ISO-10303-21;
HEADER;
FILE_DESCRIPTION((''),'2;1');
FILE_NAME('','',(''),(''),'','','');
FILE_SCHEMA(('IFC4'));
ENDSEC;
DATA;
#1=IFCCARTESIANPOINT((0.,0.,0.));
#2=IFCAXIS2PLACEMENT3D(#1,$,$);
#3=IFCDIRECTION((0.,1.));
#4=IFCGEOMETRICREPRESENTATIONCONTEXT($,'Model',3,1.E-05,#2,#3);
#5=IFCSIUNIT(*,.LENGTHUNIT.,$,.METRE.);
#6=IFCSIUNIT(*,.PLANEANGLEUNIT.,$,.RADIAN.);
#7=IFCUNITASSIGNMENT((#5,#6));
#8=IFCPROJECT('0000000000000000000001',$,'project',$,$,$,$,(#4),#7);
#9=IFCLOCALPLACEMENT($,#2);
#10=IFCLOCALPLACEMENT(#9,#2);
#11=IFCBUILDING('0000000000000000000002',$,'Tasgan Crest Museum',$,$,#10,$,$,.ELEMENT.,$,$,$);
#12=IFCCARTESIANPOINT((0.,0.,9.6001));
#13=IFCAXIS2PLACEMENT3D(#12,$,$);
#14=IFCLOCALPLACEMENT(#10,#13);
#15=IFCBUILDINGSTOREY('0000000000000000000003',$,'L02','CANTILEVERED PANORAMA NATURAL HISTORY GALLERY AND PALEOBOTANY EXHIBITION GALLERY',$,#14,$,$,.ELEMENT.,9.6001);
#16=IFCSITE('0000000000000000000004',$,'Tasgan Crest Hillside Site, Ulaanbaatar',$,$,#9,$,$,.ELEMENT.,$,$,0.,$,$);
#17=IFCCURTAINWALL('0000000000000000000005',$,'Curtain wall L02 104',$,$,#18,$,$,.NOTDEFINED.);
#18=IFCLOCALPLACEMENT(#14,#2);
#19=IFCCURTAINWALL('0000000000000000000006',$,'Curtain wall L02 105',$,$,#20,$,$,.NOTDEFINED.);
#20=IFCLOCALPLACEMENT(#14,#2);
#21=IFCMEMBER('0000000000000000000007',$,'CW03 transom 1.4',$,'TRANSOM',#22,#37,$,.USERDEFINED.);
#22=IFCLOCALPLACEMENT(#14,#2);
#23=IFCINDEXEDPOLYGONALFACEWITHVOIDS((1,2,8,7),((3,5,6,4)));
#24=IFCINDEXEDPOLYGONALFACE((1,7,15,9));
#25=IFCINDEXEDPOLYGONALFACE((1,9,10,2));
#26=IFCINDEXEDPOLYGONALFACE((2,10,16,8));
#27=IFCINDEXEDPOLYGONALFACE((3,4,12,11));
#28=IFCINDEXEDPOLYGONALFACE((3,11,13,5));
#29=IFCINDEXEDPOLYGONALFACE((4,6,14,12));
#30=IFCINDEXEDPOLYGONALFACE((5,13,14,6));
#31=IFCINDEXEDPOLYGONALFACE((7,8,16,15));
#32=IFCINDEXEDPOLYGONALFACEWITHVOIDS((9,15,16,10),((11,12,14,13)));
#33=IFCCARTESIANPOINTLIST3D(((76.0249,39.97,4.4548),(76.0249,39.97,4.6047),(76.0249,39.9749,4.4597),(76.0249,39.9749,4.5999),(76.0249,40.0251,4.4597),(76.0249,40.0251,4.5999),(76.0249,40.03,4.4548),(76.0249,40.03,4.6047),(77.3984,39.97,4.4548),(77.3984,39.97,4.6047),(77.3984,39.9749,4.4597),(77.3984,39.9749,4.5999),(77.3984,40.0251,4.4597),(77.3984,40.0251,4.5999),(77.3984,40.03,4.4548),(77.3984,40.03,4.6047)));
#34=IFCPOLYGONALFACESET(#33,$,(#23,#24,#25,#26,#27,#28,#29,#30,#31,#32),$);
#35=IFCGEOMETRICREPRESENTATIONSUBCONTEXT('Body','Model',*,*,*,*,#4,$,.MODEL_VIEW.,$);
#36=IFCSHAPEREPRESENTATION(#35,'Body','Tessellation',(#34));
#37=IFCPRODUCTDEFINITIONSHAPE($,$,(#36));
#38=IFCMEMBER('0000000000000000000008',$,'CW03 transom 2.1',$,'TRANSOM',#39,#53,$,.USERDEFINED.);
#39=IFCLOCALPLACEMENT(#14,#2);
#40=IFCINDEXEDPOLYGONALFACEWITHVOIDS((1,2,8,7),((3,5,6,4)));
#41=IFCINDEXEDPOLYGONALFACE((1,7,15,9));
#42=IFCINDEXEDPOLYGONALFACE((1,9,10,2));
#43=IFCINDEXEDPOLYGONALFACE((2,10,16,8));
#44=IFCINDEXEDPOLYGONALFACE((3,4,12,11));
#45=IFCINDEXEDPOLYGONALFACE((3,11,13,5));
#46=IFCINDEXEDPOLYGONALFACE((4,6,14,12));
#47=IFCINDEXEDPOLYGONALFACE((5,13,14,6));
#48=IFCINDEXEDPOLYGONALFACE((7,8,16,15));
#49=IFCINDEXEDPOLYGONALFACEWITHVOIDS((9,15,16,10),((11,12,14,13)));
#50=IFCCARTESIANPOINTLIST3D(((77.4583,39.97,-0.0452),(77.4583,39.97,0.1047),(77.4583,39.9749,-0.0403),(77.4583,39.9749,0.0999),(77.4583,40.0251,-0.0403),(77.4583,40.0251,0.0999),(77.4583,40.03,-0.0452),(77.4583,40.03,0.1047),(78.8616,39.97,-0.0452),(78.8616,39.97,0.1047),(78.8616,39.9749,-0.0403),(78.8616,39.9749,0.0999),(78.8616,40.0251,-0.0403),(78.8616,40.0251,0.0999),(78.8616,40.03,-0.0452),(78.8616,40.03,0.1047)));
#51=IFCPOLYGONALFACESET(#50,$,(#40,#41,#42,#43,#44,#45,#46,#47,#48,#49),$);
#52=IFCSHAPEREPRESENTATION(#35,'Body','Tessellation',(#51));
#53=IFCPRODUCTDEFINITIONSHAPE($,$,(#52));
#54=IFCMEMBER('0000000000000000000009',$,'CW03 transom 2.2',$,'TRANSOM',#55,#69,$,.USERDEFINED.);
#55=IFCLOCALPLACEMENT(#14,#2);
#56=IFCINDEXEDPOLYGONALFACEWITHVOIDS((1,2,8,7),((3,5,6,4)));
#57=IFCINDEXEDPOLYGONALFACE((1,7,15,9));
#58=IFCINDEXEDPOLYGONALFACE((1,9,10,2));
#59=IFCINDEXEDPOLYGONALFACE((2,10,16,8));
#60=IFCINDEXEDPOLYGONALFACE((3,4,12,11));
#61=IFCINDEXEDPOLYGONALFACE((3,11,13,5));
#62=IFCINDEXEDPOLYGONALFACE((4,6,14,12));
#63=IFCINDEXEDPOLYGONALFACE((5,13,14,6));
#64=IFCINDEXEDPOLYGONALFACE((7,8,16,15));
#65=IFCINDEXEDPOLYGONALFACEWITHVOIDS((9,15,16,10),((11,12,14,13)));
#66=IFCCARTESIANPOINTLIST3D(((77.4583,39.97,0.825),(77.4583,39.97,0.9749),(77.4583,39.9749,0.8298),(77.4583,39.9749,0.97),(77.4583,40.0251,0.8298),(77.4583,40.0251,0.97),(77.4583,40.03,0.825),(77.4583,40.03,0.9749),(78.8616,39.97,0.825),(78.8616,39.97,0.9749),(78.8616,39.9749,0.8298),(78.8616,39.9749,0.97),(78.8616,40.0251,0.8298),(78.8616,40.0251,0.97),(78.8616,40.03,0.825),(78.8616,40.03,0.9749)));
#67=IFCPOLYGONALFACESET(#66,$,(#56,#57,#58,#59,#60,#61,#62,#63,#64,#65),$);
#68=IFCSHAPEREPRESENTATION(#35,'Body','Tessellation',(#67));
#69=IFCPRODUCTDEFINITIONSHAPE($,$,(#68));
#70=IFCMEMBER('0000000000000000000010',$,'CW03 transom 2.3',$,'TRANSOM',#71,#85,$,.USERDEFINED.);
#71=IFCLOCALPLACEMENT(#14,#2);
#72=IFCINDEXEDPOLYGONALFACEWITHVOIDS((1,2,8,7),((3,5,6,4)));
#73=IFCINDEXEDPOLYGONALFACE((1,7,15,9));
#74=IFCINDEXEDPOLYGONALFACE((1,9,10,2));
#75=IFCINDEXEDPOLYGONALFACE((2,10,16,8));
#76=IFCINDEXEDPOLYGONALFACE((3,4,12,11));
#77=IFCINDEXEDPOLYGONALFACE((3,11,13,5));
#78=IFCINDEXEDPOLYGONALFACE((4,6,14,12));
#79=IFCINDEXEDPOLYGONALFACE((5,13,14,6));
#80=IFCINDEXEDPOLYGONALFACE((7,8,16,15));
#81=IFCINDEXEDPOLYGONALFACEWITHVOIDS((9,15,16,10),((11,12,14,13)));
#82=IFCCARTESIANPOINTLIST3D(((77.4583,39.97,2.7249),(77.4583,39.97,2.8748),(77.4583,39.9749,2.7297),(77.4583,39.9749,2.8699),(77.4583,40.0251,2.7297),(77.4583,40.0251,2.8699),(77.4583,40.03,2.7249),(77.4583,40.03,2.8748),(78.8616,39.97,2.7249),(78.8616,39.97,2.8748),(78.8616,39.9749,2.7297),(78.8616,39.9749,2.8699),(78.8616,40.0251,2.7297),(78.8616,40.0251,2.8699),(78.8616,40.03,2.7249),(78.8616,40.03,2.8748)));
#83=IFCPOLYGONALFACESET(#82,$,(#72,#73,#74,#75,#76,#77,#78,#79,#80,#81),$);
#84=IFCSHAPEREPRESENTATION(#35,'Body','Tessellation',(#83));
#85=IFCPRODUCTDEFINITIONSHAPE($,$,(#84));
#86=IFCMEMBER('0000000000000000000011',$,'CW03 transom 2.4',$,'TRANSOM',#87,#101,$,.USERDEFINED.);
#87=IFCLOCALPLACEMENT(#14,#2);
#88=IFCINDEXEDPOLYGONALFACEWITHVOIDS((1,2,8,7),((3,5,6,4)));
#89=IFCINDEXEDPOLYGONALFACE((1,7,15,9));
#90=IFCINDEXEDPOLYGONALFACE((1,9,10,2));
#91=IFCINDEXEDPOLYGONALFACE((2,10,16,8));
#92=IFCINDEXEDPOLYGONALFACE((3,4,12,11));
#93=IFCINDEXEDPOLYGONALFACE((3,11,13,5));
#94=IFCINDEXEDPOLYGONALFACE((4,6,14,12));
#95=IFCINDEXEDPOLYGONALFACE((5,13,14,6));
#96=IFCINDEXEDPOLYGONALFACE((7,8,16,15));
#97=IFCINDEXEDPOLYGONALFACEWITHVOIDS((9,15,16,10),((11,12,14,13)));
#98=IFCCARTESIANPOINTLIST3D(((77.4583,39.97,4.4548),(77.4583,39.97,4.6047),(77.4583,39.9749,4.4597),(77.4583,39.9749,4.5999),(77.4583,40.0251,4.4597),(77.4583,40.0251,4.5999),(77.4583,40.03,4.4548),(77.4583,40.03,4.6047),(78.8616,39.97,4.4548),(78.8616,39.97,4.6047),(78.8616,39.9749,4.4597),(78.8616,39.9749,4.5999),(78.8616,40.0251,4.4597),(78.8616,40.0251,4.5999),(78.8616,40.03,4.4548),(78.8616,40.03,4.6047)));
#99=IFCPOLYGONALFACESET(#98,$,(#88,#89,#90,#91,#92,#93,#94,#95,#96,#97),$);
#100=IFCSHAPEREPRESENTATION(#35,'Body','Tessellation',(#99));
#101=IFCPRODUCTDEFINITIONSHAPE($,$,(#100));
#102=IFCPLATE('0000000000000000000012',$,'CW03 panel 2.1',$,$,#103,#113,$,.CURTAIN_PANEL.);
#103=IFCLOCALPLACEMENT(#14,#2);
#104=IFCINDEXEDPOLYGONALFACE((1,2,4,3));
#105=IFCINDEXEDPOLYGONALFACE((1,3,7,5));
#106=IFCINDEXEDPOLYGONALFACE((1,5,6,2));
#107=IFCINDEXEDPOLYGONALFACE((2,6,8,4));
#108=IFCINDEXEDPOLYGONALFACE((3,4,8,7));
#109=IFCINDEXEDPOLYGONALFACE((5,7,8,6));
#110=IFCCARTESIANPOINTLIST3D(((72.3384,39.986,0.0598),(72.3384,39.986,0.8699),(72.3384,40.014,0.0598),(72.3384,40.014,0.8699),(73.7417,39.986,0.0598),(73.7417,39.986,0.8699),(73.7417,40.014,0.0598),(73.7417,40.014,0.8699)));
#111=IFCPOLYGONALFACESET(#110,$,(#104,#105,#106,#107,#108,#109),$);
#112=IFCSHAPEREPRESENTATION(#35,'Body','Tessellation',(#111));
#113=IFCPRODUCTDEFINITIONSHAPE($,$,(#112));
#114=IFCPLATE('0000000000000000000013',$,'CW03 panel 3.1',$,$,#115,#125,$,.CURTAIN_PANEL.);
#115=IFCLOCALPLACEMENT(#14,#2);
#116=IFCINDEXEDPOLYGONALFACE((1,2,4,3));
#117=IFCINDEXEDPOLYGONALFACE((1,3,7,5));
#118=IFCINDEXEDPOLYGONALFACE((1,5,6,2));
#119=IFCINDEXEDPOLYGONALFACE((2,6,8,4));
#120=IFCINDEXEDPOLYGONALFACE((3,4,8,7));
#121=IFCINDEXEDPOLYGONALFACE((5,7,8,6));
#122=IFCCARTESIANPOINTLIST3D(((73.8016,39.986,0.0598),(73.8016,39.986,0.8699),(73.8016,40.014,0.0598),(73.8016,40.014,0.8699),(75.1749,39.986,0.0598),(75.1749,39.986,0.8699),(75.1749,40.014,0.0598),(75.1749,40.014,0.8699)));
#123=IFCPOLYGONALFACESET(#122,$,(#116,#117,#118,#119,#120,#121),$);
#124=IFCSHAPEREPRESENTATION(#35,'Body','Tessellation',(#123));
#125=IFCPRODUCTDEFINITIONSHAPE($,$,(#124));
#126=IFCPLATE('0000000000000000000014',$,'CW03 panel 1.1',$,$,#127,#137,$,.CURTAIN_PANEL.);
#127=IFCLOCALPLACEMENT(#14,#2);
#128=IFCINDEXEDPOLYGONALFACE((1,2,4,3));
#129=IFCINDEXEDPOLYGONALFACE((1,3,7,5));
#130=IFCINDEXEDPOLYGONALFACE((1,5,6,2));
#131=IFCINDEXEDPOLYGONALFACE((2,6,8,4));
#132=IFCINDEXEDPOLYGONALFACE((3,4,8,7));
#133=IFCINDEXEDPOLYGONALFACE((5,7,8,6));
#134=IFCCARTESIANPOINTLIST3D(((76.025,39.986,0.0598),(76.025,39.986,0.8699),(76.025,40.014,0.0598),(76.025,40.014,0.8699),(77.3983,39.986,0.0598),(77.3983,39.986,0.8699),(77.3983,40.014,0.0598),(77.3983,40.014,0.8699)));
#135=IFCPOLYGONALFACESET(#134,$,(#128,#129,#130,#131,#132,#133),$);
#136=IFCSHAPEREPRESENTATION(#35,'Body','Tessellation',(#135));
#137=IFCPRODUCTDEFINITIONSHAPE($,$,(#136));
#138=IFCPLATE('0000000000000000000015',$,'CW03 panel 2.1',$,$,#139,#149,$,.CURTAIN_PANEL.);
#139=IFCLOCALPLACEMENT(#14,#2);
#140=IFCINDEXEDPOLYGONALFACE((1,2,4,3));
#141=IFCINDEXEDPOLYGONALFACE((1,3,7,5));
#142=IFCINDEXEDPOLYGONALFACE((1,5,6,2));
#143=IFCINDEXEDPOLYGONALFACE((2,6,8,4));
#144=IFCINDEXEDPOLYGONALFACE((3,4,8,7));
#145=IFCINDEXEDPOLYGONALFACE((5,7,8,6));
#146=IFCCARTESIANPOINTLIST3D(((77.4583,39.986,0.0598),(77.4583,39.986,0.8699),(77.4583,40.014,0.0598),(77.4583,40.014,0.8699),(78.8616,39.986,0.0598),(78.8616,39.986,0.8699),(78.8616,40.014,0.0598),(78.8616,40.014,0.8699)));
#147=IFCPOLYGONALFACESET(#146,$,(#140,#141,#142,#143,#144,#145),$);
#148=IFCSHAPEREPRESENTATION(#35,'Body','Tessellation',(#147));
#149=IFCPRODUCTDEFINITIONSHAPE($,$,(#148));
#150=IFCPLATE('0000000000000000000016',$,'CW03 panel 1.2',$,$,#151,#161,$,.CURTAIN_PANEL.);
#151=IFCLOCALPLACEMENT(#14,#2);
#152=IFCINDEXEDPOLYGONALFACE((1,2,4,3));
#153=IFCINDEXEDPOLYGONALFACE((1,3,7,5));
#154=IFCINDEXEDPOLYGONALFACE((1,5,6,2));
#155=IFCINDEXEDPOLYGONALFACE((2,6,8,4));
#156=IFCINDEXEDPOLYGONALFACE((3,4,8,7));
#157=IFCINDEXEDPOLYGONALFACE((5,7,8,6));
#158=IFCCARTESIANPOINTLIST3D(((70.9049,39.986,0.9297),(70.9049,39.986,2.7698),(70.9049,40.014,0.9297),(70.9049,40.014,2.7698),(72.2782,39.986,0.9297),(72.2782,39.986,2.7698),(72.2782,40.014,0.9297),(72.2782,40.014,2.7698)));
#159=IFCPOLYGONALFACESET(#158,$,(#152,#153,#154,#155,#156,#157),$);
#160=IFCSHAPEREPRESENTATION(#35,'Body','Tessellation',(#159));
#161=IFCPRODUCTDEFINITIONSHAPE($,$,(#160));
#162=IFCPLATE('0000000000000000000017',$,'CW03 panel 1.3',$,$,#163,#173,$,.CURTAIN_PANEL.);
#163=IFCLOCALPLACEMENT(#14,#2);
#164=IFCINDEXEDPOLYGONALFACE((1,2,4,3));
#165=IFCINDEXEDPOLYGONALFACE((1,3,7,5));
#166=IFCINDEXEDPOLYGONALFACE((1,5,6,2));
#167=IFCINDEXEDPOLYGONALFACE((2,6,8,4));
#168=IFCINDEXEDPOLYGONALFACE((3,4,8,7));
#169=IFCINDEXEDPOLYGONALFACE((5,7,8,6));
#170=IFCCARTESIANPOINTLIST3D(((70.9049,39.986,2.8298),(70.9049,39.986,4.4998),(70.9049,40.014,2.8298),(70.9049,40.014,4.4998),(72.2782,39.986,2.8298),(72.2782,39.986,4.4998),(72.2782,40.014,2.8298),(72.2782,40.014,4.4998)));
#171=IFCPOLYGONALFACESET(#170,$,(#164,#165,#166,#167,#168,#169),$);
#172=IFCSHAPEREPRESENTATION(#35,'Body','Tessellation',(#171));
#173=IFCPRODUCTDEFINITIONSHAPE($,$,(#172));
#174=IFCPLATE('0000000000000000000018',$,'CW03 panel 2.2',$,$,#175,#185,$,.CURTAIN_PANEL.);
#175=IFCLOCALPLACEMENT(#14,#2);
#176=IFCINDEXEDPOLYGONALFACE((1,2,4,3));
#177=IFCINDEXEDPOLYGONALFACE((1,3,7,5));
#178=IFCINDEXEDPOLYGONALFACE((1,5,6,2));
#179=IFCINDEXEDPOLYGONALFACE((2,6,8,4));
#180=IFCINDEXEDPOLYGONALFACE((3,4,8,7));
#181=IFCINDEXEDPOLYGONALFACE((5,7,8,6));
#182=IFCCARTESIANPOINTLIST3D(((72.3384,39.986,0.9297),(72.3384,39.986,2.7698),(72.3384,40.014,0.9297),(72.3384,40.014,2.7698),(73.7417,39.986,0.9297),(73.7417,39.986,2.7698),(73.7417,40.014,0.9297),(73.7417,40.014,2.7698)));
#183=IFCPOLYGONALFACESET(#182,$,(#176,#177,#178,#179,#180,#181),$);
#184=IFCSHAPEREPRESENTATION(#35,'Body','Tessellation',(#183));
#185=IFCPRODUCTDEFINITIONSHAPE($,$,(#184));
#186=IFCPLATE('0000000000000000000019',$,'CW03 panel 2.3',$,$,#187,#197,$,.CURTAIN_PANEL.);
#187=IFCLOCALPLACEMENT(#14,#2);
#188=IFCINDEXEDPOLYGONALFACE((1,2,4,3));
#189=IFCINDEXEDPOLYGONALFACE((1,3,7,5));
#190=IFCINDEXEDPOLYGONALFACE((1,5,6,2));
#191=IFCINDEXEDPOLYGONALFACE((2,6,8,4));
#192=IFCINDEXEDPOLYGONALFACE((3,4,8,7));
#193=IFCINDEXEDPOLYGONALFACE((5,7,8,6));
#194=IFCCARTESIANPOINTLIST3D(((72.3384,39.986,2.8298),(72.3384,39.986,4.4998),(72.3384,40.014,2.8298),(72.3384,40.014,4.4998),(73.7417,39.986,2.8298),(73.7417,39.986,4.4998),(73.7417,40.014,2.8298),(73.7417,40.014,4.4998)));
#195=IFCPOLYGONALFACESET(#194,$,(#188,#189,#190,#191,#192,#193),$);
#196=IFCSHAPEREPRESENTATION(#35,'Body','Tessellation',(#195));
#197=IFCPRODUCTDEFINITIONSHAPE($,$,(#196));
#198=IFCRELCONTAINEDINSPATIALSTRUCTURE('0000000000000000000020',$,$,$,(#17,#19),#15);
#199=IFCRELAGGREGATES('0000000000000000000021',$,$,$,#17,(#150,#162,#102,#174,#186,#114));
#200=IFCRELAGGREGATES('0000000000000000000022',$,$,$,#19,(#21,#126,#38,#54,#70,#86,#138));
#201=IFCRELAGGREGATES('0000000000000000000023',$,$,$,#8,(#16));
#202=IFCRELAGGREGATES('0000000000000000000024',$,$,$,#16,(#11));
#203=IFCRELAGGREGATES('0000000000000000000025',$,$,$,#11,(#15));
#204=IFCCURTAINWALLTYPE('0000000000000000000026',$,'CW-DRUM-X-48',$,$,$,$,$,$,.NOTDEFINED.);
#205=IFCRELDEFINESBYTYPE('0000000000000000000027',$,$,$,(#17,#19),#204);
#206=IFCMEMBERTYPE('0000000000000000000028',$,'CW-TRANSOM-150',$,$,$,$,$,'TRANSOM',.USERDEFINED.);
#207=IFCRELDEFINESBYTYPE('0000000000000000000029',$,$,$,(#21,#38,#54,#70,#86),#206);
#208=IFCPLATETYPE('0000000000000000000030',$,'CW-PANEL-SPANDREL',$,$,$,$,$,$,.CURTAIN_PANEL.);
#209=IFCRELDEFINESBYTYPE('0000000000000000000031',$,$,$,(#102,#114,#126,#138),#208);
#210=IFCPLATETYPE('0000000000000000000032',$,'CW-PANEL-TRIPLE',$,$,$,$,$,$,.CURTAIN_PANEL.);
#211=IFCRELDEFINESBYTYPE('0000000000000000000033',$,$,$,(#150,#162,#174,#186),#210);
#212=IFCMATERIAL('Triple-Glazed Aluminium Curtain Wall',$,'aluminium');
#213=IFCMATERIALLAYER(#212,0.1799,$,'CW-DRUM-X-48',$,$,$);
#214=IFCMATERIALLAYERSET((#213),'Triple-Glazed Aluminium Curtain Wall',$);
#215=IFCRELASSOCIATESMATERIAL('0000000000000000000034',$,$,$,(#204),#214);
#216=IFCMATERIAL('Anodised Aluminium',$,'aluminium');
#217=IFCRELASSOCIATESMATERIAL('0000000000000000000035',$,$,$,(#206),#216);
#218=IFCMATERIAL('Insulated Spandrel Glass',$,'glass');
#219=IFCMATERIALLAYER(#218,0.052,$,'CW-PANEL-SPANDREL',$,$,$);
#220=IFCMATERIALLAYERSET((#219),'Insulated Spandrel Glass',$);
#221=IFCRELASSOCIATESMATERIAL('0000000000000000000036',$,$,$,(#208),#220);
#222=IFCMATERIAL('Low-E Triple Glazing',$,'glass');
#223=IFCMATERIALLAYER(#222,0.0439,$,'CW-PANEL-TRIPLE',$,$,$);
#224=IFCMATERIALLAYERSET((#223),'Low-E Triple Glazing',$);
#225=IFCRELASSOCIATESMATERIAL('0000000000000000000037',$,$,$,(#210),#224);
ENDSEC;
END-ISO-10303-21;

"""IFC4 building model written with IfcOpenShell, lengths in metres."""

from ifc_helpers import new_model, si_unit, direction, frame, origin, origin_2d, place, context, subcontext, project, spatial, rectangle, hollow_rectangle, extrude, material, layer, layer_set, material_profile, profile_set, type_object, element, aggregate, save


model = new_model("IFC4")

# Units and contexts
model_context = context("Model", 3, precision=1e-05, world=origin(), true_north=direction((0.0, 1.0)))
body_context = subcontext(model_context, "Body", "Model", "MODEL_VIEW")
ifc_project = project(units=[si_unit("LENGTHUNIT", "METRE"), si_unit("PLANEANGLEUNIT", "RADIAN")], contexts=[model_context])

# Site, building, storey
site_placement = place(None, origin())
site = spatial("IfcSite", under=ifc_project, at=site_placement, Name="Tasgan Crest Hillside Site, Ulaanbaatar", CompositionType="ELEMENT", RefElevation=0.0)
building_placement = place(site_placement, origin())
building = spatial("IfcBuilding", under=site, at=building_placement, Name="Tasgan Crest Museum", CompositionType="ELEMENT")
storey_placement = place(building_placement, frame((0.0, 0.0, 9.6001)))
storey = spatial("IfcBuildingStorey", under=building, at=storey_placement, Name="L02", Description="CANTILEVERED PANORAMA NATURAL HISTORY GALLERY AND PALEOBOTANY EXHIBITION GALLERY", CompositionType="ELEMENT", Elevation=9.6001)

# Curtain walls
ifc_material_1 = material(Name="Triple-Glazed Aluminium Curtain Wall", Category="aluminium")
ifc_layer_1 = layer(ifc_material_1, 0.1799, Name="CW-DRUM-X-48")
ifc_layer_set_1 = layer_set([ifc_layer_1], Name="Triple-Glazed Aluminium Curtain Wall")
curtain_wall_type = type_object("IfcCurtainWallType", Name="CW-DRUM-X-48", PredefinedType="NOTDEFINED", material=ifc_layer_set_1)
curtain_wall_1_placement = place(storey_placement, origin())
curtain_wall_1 = element("IfcCurtainWall", 1, at=curtain_wall_1_placement, inside=storey, type_object=curtain_wall_type, Name="Curtain wall L02 104", PredefinedType="NOTDEFINED")
curtain_wall_2_placement = place(storey_placement, origin())
curtain_wall_2 = element("IfcCurtainWall", 2, at=curtain_wall_2_placement, inside=storey, type_object=curtain_wall_type, Name="Curtain wall L02 105", PredefinedType="NOTDEFINED")

# Members
ifc_material_2 = material(Name="Anodised Aluminium", Category="aluminium")
ifc_material_profile_1 = material_profile(ifc_material_2, hollow_rectangle(XDim=0.0601, YDim=0.1499, WallThickness=0.0049, at=origin_2d()), Name="ALU TRANSOM 150x60x5")
ifc_profile_set_1 = profile_set([ifc_material_profile_1], Name="Anodised Aluminium")
member_type_1 = type_object("IfcMemberType", Name="CW-TRANSOM-150", ElementType="TRANSOM", PredefinedType="USERDEFINED", material=ifc_profile_set_1)
member_1_placement = place(storey_placement, frame((76.0249, 40.0, 4.5298), z_axis=(1.0, 0.0, 0.0), x_axis=(0.0, 1.0, 0.0)))
member_1 = element("IfcMember", 3, at=member_1_placement, type_object=member_type_1, Name="CW03 transom 1.4", ObjectType="TRANSOM", PredefinedType="USERDEFINED", context=body_context, shape_type="SweptSolid", body=[
    extrude(hollow_rectangle(XDim=0.0601, YDim=0.1499, WallThickness=0.0049, at=origin_2d()), origin(), (0.0, 0.0, 1.0), 1.3735),
])
member_2_placement = place(storey_placement, frame((77.4583, 40.0, 0.0298), z_axis=(1.0, 0.0, 0.0), x_axis=(0.0, 1.0, 0.0)))
member_2 = element("IfcMember", 4, at=member_2_placement, type_object=member_type_1, Name="CW03 transom 2.1", ObjectType="TRANSOM", PredefinedType="USERDEFINED", context=body_context, shape_type="SweptSolid", body=[
    extrude(hollow_rectangle(XDim=0.0601, YDim=0.1499, WallThickness=0.0049, at=origin_2d()), origin(), (0.0, 0.0, 1.0), 1.4033),
])
member_3_placement = place(storey_placement, frame((77.4583, 40.0, 0.8999), z_axis=(1.0, 0.0, 0.0), x_axis=(0.0, 1.0, 0.0)))
member_3 = element("IfcMember", 5, at=member_3_placement, type_object=member_type_1, Name="CW03 transom 2.2", ObjectType="TRANSOM", PredefinedType="USERDEFINED", context=body_context, shape_type="SweptSolid", body=[
    extrude(hollow_rectangle(XDim=0.0601, YDim=0.1499, WallThickness=0.0049, at=origin_2d()), origin(), (0.0, 0.0, 1.0), 1.4033),
])
member_4_placement = place(storey_placement, frame((77.4583, 40.0, 2.7998), z_axis=(1.0, 0.0, 0.0), x_axis=(0.0, 1.0, 0.0)))
member_4 = element("IfcMember", 6, at=member_4_placement, type_object=member_type_1, Name="CW03 transom 2.3", ObjectType="TRANSOM", PredefinedType="USERDEFINED", context=body_context, shape_type="SweptSolid", body=[
    extrude(hollow_rectangle(XDim=0.0601, YDim=0.1499, WallThickness=0.0049, at=origin_2d()), origin(), (0.0, 0.0, 1.0), 1.4033),
])
member_5_placement = place(storey_placement, frame((77.4583, 40.0, 4.5298), z_axis=(1.0, 0.0, 0.0), x_axis=(0.0, 1.0, 0.0)))
member_5 = element("IfcMember", 7, at=member_5_placement, type_object=member_type_1, Name="CW03 transom 2.4", ObjectType="TRANSOM", PredefinedType="USERDEFINED", context=body_context, shape_type="SweptSolid", body=[
    extrude(hollow_rectangle(XDim=0.0601, YDim=0.1499, WallThickness=0.0049, at=origin_2d()), origin(), (0.0, 0.0, 1.0), 1.4033),
])

# Plates
ifc_material_3 = material(Name="Insulated Spandrel Glass", Category="glass")
ifc_layer_2 = layer(ifc_material_3, 0.052, Name="CW-PANEL-SPANDREL")
ifc_layer_set_2 = layer_set([ifc_layer_2], Name="Insulated Spandrel Glass")
plate_type_1 = type_object("IfcPlateType", Name="CW-PANEL-SPANDREL", PredefinedType="CURTAIN_PANEL", material=ifc_layer_set_2)
plate_1_placement = place(storey_placement, frame((73.04, 40.0, 0.0598), z_axis=(0.0, 0.0, 1.0), x_axis=(1.0, 0.0, 0.0)))
plate_1 = element("IfcPlate", 8, at=plate_1_placement, type_object=plate_type_1, Name="CW03 panel 2.1", PredefinedType="CURTAIN_PANEL", context=body_context, shape_type="SweptSolid", body=[
    extrude(rectangle(XDim=1.4033, YDim=0.0281, at=origin_2d()), origin(), (0.0, 0.0, 1.0), 0.8101),
])
plate_2_placement = place(storey_placement, frame((74.4883, 40.0, 0.0598), z_axis=(0.0, 0.0, 1.0), x_axis=(1.0, 0.0, 0.0)))
plate_2 = element("IfcPlate", 9, at=plate_2_placement, type_object=plate_type_1, Name="CW03 panel 3.1", PredefinedType="CURTAIN_PANEL", context=body_context, shape_type="SweptSolid", body=[
    extrude(rectangle(XDim=1.3733, YDim=0.0281, at=origin_2d()), origin(), (0.0, 0.0, 1.0), 0.8101),
])
plate_3_placement = place(storey_placement, frame((76.7117, 40.0, 0.0598), z_axis=(0.0, 0.0, 1.0), x_axis=(1.0, 0.0, 0.0)))
plate_3 = element("IfcPlate", 10, at=plate_3_placement, type_object=plate_type_1, Name="CW03 panel 1.1", PredefinedType="CURTAIN_PANEL", context=body_context, shape_type="SweptSolid", body=[
    extrude(rectangle(XDim=1.3733, YDim=0.0281, at=origin_2d()), origin(), (0.0, 0.0, 1.0), 0.8101),
])
plate_4_placement = place(storey_placement, frame((78.1599, 40.0, 0.0598), z_axis=(0.0, 0.0, 1.0), x_axis=(1.0, 0.0, 0.0)))
plate_4 = element("IfcPlate", 11, at=plate_4_placement, type_object=plate_type_1, Name="CW03 panel 2.1", PredefinedType="CURTAIN_PANEL", context=body_context, shape_type="SweptSolid", body=[
    extrude(rectangle(XDim=1.4033, YDim=0.0281, at=origin_2d()), origin(), (0.0, 0.0, 1.0), 0.8101),
])
ifc_material_4 = material(Name="Low-E Triple Glazing", Category="glass")
ifc_layer_3 = layer(ifc_material_4, 0.0439, Name="CW-PANEL-TRIPLE")
ifc_layer_set_3 = layer_set([ifc_layer_3], Name="Low-E Triple Glazing")
plate_type_2 = type_object("IfcPlateType", Name="CW-PANEL-TRIPLE", PredefinedType="CURTAIN_PANEL", material=ifc_layer_set_3)
plate_5_placement = place(storey_placement, frame((71.5916, 40.0, 0.9297), z_axis=(0.0, 0.0, 1.0), x_axis=(1.0, 0.0, 0.0)))
plate_5 = element("IfcPlate", 12, at=plate_5_placement, type_object=plate_type_2, Name="CW03 panel 1.2", PredefinedType="CURTAIN_PANEL", context=body_context, shape_type="SweptSolid", body=[
    extrude(rectangle(XDim=1.3733, YDim=0.0281, at=origin_2d()), origin(), (0.0, 0.0, 1.0), 1.8401),
])
plate_6_placement = place(storey_placement, frame((71.5916, 40.0, 2.8298), z_axis=(0.0, 0.0, 1.0), x_axis=(1.0, 0.0, 0.0)))
plate_6 = element("IfcPlate", 13, at=plate_6_placement, type_object=plate_type_2, Name="CW03 panel 1.3", PredefinedType="CURTAIN_PANEL", context=body_context, shape_type="SweptSolid", body=[
    extrude(rectangle(XDim=1.3733, YDim=0.0281, at=origin_2d()), origin(), (0.0, 0.0, 1.0), 1.6699),
])
plate_7_placement = place(storey_placement, frame((73.04, 40.0, 0.9297), z_axis=(0.0, 0.0, 1.0), x_axis=(1.0, 0.0, 0.0)))
plate_7 = element("IfcPlate", 14, at=plate_7_placement, type_object=plate_type_2, Name="CW03 panel 2.2", PredefinedType="CURTAIN_PANEL", context=body_context, shape_type="SweptSolid", body=[
    extrude(rectangle(XDim=1.4033, YDim=0.0281, at=origin_2d()), origin(), (0.0, 0.0, 1.0), 1.8401),
])
plate_8_placement = place(storey_placement, frame((73.04, 40.0, 2.8298), z_axis=(0.0, 0.0, 1.0), x_axis=(1.0, 0.0, 0.0)))
plate_8 = element("IfcPlate", 15, at=plate_8_placement, type_object=plate_type_2, Name="CW03 panel 2.3", PredefinedType="CURTAIN_PANEL", context=body_context, shape_type="SweptSolid", body=[
    extrude(rectangle(XDim=1.4033, YDim=0.0281, at=origin_2d()), origin(), (0.0, 0.0, 1.0), 1.6699),
])
aggregate(curtain_wall_1, [plate_5, plate_6, plate_1, plate_7, plate_8, plate_2])
aggregate(curtain_wall_2, [member_1, plate_3, member_2, member_3, member_4, member_5, plate_4])

save(model, "model.ifc")
